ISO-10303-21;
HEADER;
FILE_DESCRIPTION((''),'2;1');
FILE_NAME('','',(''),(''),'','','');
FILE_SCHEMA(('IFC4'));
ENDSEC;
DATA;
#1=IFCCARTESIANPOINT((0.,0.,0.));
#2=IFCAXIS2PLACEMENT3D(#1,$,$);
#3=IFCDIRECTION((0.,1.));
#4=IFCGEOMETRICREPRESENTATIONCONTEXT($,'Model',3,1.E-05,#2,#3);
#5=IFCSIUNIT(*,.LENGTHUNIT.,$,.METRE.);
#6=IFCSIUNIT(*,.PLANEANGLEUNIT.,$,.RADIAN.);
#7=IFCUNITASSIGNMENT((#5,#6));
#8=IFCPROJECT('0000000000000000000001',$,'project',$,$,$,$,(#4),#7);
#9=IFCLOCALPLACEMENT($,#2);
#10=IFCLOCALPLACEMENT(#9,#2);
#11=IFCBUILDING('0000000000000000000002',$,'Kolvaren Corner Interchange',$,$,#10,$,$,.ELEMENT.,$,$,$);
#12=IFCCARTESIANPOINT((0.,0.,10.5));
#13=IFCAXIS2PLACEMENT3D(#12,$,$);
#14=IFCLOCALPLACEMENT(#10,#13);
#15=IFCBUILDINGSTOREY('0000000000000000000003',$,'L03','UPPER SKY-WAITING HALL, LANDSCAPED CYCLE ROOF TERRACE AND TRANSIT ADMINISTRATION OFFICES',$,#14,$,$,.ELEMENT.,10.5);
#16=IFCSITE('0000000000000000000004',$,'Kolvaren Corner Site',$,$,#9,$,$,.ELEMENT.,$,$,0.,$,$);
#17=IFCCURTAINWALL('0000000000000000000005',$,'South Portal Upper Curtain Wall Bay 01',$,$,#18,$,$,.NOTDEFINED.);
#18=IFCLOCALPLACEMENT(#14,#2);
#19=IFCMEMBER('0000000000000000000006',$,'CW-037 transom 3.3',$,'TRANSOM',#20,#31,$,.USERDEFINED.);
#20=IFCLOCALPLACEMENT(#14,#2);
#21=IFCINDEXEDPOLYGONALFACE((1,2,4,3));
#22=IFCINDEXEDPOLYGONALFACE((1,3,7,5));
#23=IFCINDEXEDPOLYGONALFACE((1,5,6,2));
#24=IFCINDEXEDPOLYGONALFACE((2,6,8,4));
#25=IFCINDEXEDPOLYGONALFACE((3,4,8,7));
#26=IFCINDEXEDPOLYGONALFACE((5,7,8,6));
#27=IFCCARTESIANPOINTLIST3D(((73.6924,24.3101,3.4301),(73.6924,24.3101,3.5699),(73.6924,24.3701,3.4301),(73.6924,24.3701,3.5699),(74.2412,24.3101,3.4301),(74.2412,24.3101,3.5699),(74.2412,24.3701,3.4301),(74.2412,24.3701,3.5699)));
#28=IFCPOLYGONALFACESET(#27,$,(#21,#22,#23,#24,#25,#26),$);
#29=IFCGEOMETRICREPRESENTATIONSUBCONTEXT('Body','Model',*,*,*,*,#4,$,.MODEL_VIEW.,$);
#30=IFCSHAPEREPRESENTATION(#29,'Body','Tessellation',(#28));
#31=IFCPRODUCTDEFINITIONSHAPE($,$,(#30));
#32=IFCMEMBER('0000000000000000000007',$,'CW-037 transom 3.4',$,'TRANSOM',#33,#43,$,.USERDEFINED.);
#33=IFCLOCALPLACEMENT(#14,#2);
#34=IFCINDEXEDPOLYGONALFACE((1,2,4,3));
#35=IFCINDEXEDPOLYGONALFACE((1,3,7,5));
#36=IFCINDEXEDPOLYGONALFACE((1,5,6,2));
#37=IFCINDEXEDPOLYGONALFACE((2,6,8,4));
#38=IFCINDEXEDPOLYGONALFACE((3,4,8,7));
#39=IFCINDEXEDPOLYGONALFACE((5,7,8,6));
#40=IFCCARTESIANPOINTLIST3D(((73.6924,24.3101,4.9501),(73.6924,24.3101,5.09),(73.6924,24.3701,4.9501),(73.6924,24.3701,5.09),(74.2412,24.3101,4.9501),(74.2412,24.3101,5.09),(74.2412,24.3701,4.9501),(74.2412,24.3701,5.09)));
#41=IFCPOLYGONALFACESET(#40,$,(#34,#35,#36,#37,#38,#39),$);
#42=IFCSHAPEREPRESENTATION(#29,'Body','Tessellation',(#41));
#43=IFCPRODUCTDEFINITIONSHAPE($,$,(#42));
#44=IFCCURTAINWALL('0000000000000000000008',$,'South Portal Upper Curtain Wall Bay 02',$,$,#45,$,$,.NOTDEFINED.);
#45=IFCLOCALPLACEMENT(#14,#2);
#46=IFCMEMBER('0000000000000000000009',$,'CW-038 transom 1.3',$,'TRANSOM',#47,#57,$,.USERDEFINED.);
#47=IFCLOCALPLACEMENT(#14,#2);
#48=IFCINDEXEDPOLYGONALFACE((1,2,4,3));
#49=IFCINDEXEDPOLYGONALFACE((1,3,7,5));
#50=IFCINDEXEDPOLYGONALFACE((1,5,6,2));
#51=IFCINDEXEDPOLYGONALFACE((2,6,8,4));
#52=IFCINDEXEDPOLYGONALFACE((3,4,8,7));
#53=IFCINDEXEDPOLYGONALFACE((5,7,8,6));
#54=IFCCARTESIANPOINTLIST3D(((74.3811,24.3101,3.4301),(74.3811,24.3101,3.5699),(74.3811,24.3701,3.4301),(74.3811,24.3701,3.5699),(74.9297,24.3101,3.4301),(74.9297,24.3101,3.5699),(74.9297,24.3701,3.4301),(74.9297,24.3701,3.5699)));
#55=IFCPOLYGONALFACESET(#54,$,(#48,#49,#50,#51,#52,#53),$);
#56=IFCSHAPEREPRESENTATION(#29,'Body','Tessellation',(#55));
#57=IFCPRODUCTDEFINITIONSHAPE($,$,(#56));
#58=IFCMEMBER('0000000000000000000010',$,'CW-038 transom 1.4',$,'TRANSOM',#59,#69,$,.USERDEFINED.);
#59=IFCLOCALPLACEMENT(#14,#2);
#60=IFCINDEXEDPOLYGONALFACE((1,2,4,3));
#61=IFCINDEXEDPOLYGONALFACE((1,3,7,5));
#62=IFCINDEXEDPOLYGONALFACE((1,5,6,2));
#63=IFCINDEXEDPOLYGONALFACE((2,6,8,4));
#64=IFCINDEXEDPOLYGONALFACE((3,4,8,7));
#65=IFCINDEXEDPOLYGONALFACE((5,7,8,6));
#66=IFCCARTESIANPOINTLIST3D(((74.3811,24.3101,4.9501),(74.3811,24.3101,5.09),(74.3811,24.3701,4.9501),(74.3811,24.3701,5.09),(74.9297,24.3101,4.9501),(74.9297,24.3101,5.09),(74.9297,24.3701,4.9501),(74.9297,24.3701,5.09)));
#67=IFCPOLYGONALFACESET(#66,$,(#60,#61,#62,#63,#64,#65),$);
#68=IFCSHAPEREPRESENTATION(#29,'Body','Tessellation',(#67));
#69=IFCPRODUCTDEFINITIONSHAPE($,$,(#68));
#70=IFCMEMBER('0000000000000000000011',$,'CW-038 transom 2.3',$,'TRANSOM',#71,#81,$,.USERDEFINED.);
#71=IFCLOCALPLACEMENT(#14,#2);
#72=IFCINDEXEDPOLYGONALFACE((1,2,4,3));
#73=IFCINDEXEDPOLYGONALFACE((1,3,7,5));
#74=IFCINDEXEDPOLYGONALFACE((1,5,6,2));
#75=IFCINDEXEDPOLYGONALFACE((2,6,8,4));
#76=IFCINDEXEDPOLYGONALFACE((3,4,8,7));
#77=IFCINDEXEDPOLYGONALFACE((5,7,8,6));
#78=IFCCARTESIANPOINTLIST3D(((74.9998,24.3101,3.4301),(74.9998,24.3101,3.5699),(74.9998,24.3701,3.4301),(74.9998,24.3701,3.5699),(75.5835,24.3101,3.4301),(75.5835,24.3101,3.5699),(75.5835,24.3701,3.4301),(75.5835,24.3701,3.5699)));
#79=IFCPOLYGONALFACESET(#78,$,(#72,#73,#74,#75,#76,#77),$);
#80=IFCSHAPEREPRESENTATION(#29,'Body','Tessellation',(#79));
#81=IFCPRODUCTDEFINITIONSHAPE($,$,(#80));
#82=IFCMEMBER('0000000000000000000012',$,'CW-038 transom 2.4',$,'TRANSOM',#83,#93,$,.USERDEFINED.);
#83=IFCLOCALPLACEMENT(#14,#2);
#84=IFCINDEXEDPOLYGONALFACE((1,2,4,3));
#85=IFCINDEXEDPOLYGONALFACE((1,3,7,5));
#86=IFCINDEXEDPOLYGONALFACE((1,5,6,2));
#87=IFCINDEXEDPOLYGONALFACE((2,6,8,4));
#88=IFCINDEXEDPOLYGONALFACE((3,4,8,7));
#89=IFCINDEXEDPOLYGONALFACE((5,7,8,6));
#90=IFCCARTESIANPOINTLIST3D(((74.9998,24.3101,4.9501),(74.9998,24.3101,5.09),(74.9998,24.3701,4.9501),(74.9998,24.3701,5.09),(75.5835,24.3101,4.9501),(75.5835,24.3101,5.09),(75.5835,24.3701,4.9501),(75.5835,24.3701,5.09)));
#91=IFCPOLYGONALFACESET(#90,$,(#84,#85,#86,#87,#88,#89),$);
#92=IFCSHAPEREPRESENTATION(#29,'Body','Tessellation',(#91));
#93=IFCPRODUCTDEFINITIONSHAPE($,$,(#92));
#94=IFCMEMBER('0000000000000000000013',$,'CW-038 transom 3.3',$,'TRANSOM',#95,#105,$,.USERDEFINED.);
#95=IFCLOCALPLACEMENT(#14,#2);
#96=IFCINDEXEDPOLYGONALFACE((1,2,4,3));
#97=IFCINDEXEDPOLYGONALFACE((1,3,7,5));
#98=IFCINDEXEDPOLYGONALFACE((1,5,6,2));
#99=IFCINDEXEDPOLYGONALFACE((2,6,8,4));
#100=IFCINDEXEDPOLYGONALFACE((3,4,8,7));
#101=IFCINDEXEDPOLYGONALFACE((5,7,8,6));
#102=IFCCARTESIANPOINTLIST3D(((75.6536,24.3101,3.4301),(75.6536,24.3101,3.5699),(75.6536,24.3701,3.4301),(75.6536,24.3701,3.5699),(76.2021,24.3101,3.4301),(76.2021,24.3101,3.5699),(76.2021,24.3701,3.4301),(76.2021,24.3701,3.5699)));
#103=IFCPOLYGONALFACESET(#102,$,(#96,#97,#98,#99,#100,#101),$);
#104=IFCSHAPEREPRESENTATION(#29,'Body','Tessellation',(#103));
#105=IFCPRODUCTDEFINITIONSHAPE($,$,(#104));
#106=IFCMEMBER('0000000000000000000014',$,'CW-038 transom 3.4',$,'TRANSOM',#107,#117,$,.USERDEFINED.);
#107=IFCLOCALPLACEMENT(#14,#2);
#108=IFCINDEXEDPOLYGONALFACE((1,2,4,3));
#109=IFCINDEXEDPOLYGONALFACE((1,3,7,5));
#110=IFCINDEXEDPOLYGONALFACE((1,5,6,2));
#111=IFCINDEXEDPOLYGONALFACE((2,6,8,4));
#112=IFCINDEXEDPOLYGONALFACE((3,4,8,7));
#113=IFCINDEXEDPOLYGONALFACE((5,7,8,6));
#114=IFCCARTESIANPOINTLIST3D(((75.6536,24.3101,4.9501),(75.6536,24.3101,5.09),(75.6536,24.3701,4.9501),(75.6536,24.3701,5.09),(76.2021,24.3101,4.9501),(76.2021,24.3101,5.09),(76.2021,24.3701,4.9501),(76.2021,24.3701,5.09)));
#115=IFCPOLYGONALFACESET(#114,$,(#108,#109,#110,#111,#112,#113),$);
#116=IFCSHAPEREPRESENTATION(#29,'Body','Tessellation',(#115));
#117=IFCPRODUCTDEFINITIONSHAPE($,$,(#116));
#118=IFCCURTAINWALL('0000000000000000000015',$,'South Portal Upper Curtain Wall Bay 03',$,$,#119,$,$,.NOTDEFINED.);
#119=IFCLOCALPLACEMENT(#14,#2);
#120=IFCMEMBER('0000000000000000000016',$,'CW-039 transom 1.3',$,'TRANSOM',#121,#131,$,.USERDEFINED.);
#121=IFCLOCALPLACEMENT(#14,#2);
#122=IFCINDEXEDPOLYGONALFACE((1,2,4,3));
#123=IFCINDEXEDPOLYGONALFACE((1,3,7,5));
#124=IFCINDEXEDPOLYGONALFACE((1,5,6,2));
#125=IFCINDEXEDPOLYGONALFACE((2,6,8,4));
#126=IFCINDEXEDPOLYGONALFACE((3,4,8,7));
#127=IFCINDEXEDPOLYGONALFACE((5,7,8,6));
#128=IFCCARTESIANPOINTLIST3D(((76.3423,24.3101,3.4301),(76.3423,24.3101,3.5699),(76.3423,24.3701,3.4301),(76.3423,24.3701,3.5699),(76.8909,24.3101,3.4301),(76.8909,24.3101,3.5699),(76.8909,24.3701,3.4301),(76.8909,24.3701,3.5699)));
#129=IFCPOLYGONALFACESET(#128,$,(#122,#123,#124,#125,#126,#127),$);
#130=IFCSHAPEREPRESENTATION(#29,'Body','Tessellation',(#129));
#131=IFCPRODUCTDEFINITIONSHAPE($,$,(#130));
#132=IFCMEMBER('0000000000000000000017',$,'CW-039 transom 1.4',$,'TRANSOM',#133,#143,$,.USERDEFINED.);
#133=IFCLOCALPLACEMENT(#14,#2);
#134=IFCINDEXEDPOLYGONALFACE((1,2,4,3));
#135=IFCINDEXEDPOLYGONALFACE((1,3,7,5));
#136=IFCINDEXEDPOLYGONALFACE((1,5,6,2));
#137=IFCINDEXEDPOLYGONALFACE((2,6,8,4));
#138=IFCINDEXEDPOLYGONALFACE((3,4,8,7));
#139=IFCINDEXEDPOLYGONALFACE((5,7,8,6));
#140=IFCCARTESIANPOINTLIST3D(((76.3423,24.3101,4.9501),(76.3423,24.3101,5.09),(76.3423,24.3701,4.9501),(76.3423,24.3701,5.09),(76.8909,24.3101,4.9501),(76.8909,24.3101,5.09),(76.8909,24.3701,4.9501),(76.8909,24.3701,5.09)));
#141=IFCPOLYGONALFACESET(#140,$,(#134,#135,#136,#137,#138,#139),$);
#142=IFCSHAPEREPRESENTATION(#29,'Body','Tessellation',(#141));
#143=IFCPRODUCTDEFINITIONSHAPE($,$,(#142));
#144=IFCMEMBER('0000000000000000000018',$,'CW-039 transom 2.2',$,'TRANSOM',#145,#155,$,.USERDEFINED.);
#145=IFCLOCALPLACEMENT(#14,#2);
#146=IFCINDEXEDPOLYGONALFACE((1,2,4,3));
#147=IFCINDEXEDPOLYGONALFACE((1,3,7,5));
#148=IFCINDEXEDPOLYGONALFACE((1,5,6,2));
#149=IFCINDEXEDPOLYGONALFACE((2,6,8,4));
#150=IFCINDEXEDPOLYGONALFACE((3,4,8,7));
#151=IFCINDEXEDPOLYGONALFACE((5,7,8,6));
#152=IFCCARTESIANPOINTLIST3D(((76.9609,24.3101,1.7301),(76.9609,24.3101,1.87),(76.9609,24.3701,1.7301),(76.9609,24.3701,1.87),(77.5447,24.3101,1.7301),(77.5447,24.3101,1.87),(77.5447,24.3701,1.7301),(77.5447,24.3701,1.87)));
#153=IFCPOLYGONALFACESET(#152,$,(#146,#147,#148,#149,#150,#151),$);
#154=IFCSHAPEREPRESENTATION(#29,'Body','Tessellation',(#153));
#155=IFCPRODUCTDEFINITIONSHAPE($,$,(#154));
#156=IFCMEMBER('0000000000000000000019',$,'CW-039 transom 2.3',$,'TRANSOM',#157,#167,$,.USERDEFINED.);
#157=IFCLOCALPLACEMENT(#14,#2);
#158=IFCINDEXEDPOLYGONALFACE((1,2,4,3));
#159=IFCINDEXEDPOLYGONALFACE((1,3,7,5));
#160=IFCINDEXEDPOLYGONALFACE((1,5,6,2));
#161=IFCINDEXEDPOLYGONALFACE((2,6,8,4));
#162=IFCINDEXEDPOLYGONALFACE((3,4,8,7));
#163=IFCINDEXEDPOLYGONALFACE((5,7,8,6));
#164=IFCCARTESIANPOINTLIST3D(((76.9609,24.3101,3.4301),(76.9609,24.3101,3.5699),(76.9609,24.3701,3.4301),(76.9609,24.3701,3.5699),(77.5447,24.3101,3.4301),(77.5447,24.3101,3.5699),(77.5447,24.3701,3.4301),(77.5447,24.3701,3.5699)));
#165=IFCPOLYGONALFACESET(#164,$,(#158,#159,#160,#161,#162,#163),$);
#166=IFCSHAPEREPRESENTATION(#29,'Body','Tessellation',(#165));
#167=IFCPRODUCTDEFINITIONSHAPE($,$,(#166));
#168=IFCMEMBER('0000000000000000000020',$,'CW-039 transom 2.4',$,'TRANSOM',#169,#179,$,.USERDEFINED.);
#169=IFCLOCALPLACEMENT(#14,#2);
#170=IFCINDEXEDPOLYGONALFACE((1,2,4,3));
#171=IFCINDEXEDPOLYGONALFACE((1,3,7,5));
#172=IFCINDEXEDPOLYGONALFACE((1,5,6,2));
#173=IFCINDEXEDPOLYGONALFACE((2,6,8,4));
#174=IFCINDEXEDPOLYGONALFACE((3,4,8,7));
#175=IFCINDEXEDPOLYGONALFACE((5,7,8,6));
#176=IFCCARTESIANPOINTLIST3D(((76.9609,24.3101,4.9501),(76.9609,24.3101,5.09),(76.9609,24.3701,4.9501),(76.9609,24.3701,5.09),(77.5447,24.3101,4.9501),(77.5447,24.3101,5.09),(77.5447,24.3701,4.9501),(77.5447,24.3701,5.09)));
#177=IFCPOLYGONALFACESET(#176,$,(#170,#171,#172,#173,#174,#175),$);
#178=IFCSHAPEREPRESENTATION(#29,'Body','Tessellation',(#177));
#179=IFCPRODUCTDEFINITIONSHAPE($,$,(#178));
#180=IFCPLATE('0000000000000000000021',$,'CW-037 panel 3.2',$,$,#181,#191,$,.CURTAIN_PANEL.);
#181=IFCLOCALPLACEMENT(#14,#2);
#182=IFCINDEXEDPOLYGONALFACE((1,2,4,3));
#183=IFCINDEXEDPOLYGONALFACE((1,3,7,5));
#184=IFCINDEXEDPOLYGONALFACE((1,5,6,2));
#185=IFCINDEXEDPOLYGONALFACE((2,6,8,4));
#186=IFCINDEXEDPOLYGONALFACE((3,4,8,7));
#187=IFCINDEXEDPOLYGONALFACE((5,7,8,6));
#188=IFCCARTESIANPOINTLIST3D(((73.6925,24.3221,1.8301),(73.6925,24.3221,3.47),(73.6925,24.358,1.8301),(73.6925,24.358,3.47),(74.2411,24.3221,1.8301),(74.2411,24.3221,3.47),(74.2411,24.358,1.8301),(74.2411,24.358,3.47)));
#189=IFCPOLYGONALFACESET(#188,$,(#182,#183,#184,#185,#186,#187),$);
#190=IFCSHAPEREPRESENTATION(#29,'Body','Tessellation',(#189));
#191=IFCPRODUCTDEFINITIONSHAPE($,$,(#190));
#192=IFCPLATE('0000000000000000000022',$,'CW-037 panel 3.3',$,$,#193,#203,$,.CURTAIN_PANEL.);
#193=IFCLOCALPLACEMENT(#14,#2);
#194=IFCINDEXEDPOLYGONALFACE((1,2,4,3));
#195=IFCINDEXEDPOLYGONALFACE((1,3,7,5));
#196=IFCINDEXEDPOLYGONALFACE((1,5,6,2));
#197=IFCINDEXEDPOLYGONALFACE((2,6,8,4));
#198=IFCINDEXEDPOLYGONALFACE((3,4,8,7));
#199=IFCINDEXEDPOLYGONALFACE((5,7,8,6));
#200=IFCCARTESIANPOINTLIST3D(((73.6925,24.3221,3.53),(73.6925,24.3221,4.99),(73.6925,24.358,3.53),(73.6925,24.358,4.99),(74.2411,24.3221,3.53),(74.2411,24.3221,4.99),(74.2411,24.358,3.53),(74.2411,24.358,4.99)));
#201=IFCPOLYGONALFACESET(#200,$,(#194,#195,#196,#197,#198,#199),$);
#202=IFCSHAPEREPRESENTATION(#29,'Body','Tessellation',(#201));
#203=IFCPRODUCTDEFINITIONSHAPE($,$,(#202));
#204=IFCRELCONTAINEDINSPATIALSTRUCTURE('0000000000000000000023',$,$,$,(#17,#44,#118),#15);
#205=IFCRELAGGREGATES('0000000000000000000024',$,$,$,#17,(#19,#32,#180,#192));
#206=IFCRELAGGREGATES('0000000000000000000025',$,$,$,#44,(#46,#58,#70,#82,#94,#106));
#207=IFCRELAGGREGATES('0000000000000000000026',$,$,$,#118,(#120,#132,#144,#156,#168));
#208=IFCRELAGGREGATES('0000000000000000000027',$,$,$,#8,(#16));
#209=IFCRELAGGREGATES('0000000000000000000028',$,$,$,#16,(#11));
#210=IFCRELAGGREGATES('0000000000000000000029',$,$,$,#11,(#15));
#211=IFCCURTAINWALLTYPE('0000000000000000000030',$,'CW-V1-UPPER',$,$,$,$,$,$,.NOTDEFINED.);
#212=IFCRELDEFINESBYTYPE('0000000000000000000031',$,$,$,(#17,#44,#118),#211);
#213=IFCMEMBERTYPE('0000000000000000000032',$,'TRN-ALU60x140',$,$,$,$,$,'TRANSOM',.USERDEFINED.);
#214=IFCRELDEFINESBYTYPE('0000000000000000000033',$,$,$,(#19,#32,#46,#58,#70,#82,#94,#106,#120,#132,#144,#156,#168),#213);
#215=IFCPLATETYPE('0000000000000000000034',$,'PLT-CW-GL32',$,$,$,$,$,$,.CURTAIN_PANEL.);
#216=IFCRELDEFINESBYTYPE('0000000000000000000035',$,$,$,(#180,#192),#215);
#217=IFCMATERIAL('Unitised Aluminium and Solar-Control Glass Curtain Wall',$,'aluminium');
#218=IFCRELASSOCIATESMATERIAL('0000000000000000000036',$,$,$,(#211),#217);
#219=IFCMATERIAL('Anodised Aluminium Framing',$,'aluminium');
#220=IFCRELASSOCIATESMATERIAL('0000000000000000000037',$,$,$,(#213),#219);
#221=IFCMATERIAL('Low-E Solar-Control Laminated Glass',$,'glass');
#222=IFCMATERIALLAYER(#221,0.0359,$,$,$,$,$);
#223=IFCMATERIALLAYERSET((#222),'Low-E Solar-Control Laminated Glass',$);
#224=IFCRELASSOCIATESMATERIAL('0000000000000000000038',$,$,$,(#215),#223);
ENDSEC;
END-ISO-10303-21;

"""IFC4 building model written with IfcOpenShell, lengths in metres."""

from ifc_helpers import new_model, si_unit, direction, frame, origin, origin_2d, place, context, subcontext, project, spatial, rectangle, extrude, material, layer, layer_set, material_profile, profile_set, type_object, element, aggregate, save


model = new_model("IFC4")

# Units and contexts
model_context = context("Model", 3, precision=1e-05, world=origin(), true_north=direction((0.0, 1.0)))
body_context = subcontext(model_context, "Body", "Model", "MODEL_VIEW")
ifc_project = project(units=[si_unit("LENGTHUNIT", "METRE"), si_unit("PLANEANGLEUNIT", "RADIAN")], contexts=[model_context])

# Site, building, storey
site_placement = place(None, origin())
site = spatial("IfcSite", under=ifc_project, at=site_placement, Name="Kolvaren Corner Site", CompositionType="ELEMENT", RefElevation=0.0)
building_placement = place(site_placement, origin())
building = spatial("IfcBuilding", under=site, at=building_placement, Name="Kolvaren Corner Interchange", CompositionType="ELEMENT")
storey_placement = place(building_placement, frame((0.0, 0.0, 10.5)))
storey = spatial("IfcBuildingStorey", under=building, at=storey_placement, Name="L03", Description="UPPER SKY-WAITING HALL, LANDSCAPED CYCLE ROOF TERRACE AND TRANSIT ADMINISTRATION OFFICES", CompositionType="ELEMENT", Elevation=10.5)

# Curtain walls, members
ifc_material_1 = material(Name="Unitised Aluminium and Solar-Control Glass Curtain Wall", Category="aluminium")
curtain_wall_type = type_object("IfcCurtainWallType", Name="CW-V1-UPPER", PredefinedType="NOTDEFINED", material=ifc_material_1)
curtain_wall_1_placement = place(storey_placement, origin())
curtain_wall_1 = element("IfcCurtainWall", 1, at=curtain_wall_1_placement, inside=storey, type_object=curtain_wall_type, Name="South Portal Upper Curtain Wall Bay 01", PredefinedType="NOTDEFINED")
ifc_material_2 = material(Name="Anodised Aluminium Framing", Category="aluminium")
ifc_material_profile = material_profile(ifc_material_2, rectangle(XDim=0.0601, YDim=0.1399, at=origin_2d()), Name="ALU 60x140")
ifc_profile_set = profile_set([ifc_material_profile], Name="Anodised Aluminium Framing")
member_type = type_object("IfcMemberType", Name="TRN-ALU60x140", ElementType="TRANSOM", PredefinedType="USERDEFINED", material=ifc_profile_set)
member_1_placement = place(storey_placement, frame((73.6924, 24.3401, 3.5), z_axis=(1.0, 0.0, 0.0), x_axis=(0.0, 1.0, 0.0)))
member_1 = element("IfcMember", 2, at=member_1_placement, type_object=member_type, Name="CW-037 transom 3.3", ObjectType="TRANSOM", PredefinedType="USERDEFINED", context=body_context, shape_type="SweptSolid", body=[
    extrude(rectangle(XDim=0.0601, YDim=0.1399, at=origin_2d()), origin(), (0.0, 0.0, 1.0), 0.5488),
])
member_2_placement = place(storey_placement, frame((73.6924, 24.3401, 5.02), z_axis=(1.0, 0.0, 0.0), x_axis=(0.0, 1.0, 0.0)))
member_2 = element("IfcMember", 3, at=member_2_placement, type_object=member_type, Name="CW-037 transom 3.4", ObjectType="TRANSOM", PredefinedType="USERDEFINED", context=body_context, shape_type="SweptSolid", body=[
    extrude(rectangle(XDim=0.0601, YDim=0.1399, at=origin_2d()), origin(), (0.0, 0.0, 1.0), 0.5488),
])
curtain_wall_2_placement = place(storey_placement, origin())
curtain_wall_2 = element("IfcCurtainWall", 4, at=curtain_wall_2_placement, inside=storey, type_object=curtain_wall_type, Name="South Portal Upper Curtain Wall Bay 02", PredefinedType="NOTDEFINED")
member_3_placement = place(storey_placement, frame((74.3811, 24.3401, 3.5), z_axis=(1.0, 0.0, 0.0), x_axis=(0.0, 1.0, 0.0)))
member_3 = element("IfcMember", 5, at=member_3_placement, type_object=member_type, Name="CW-038 transom 1.3", ObjectType="TRANSOM", PredefinedType="USERDEFINED", context=body_context, shape_type="SweptSolid", body=[
    extrude(rectangle(XDim=0.0601, YDim=0.1399, at=origin_2d()), origin(), (0.0, 0.0, 1.0), 0.5486),
])
member_4_placement = place(storey_placement, frame((74.3811, 24.3401, 5.02), z_axis=(1.0, 0.0, 0.0), x_axis=(0.0, 1.0, 0.0)))
member_4 = element("IfcMember", 6, at=member_4_placement, type_object=member_type, Name="CW-038 transom 1.4", ObjectType="TRANSOM", PredefinedType="USERDEFINED", context=body_context, shape_type="SweptSolid", body=[
    extrude(rectangle(XDim=0.0601, YDim=0.1399, at=origin_2d()), origin(), (0.0, 0.0, 1.0), 0.5486),
])
member_5_placement = place(storey_placement, frame((74.9998, 24.3401, 3.5), z_axis=(1.0, 0.0, 0.0), x_axis=(0.0, 1.0, 0.0)))
member_5 = element("IfcMember", 7, at=member_5_placement, type_object=member_type, Name="CW-038 transom 2.3", ObjectType="TRANSOM", PredefinedType="USERDEFINED", context=body_context, shape_type="SweptSolid", body=[
    extrude(rectangle(XDim=0.0601, YDim=0.1399, at=origin_2d()), origin(), (0.0, 0.0, 1.0), 0.5837),
])
member_6_placement = place(storey_placement, frame((74.9998, 24.3401, 5.02), z_axis=(1.0, 0.0, 0.0), x_axis=(0.0, 1.0, 0.0)))
member_6 = element("IfcMember", 8, at=member_6_placement, type_object=member_type, Name="CW-038 transom 2.4", ObjectType="TRANSOM", PredefinedType="USERDEFINED", context=body_context, shape_type="SweptSolid", body=[
    extrude(rectangle(XDim=0.0601, YDim=0.1399, at=origin_2d()), origin(), (0.0, 0.0, 1.0), 0.5837),
])
member_7_placement = place(storey_placement, frame((75.6536, 24.3401, 3.5), z_axis=(1.0, 0.0, 0.0), x_axis=(0.0, 1.0, 0.0)))
member_7 = element("IfcMember", 9, at=member_7_placement, type_object=member_type, Name="CW-038 transom 3.3", ObjectType="TRANSOM", PredefinedType="USERDEFINED", context=body_context, shape_type="SweptSolid", body=[
    extrude(rectangle(XDim=0.0601, YDim=0.1399, at=origin_2d()), origin(), (0.0, 0.0, 1.0), 0.5486),
])
member_8_placement = place(storey_placement, frame((75.6536, 24.3401, 5.02), z_axis=(1.0, 0.0, 0.0), x_axis=(0.0, 1.0, 0.0)))
member_8 = element("IfcMember", 10, at=member_8_placement, type_object=member_type, Name="CW-038 transom 3.4", ObjectType="TRANSOM", PredefinedType="USERDEFINED", context=body_context, shape_type="SweptSolid", body=[
    extrude(rectangle(XDim=0.0601, YDim=0.1399, at=origin_2d()), origin(), (0.0, 0.0, 1.0), 0.5486),
])
curtain_wall_3_placement = place(storey_placement, origin())
curtain_wall_3 = element("IfcCurtainWall", 11, at=curtain_wall_3_placement, inside=storey, type_object=curtain_wall_type, Name="South Portal Upper Curtain Wall Bay 03", PredefinedType="NOTDEFINED")
member_9_placement = place(storey_placement, frame((76.3423, 24.3401, 3.5), z_axis=(1.0, 0.0, 0.0), x_axis=(0.0, 1.0, 0.0)))
member_9 = element("IfcMember", 12, at=member_9_placement, type_object=member_type, Name="CW-039 transom 1.3", ObjectType="TRANSOM", PredefinedType="USERDEFINED", context=body_context, shape_type="SweptSolid", body=[
    extrude(rectangle(XDim=0.0601, YDim=0.1399, at=origin_2d()), origin(), (0.0, 0.0, 1.0), 0.5486),
])
member_10_placement = place(storey_placement, frame((76.3423, 24.3401, 5.02), z_axis=(1.0, 0.0, 0.0), x_axis=(0.0, 1.0, 0.0)))
member_10 = element("IfcMember", 13, at=member_10_placement, type_object=member_type, Name="CW-039 transom 1.4", ObjectType="TRANSOM", PredefinedType="USERDEFINED", context=body_context, shape_type="SweptSolid", body=[
    extrude(rectangle(XDim=0.0601, YDim=0.1399, at=origin_2d()), origin(), (0.0, 0.0, 1.0), 0.5486),
])
member_11_placement = place(storey_placement, frame((76.9609, 24.3401, 1.8), z_axis=(1.0, 0.0, 0.0), x_axis=(0.0, 1.0, 0.0)))
member_11 = element("IfcMember", 14, at=member_11_placement, type_object=member_type, Name="CW-039 transom 2.2", ObjectType="TRANSOM", PredefinedType="USERDEFINED", context=body_context, shape_type="SweptSolid", body=[
    extrude(rectangle(XDim=0.0601, YDim=0.1399, at=origin_2d()), origin(), (0.0, 0.0, 1.0), 0.5837),
])
member_12_placement = place(storey_placement, frame((76.9609, 24.3401, 3.5), z_axis=(1.0, 0.0, 0.0), x_axis=(0.0, 1.0, 0.0)))
member_12 = element("IfcMember", 15, at=member_12_placement, type_object=member_type, Name="CW-039 transom 2.3", ObjectType="TRANSOM", PredefinedType="USERDEFINED", context=body_context, shape_type="SweptSolid", body=[
    extrude(rectangle(XDim=0.0601, YDim=0.1399, at=origin_2d()), origin(), (0.0, 0.0, 1.0), 0.5837),
])
member_13_placement = place(storey_placement, frame((76.9609, 24.3401, 5.02), z_axis=(1.0, 0.0, 0.0), x_axis=(0.0, 1.0, 0.0)))
member_13 = element("IfcMember", 16, at=member_13_placement, type_object=member_type, Name="CW-039 transom 2.4", ObjectType="TRANSOM", PredefinedType="USERDEFINED", context=body_context, shape_type="SweptSolid", body=[
    extrude(rectangle(XDim=0.0601, YDim=0.1399, at=origin_2d()), origin(), (0.0, 0.0, 1.0), 0.5837),
])

# Plates
ifc_material_3 = material(Name="Low-E Solar-Control Laminated Glass", Category="glass")
ifc_layer = layer(ifc_material_3, 0.0359)
ifc_layer_set = layer_set([ifc_layer], Name="Low-E Solar-Control Laminated Glass")
plate_type = type_object("IfcPlateType", Name="PLT-CW-GL32", PredefinedType="CURTAIN_PANEL", material=ifc_layer_set)
plate_1_placement = place(storey_placement, frame((73.9668, 24.3401, 1.8301), z_axis=(0.0, 0.0, 1.0), x_axis=(1.0, 0.0, 0.0)))
plate_1 = element("IfcPlate", 17, at=plate_1_placement, type_object=plate_type, Name="CW-037 panel 3.2", PredefinedType="CURTAIN_PANEL", context=body_context, shape_type="SweptSolid", body=[
    extrude(rectangle(XDim=0.5486, YDim=0.0359, at=origin_2d()), origin(), (0.0, 0.0, 1.0), 1.6399),
])
plate_2_placement = place(storey_placement, frame((73.9668, 24.3401, 3.53), z_axis=(0.0, 0.0, 1.0), x_axis=(1.0, 0.0, 0.0)))
plate_2 = element("IfcPlate", 18, at=plate_2_placement, type_object=plate_type, Name="CW-037 panel 3.3", PredefinedType="CURTAIN_PANEL", context=body_context, shape_type="SweptSolid", body=[
    extrude(rectangle(XDim=0.5486, YDim=0.0359, at=origin_2d()), origin(), (0.0, 0.0, 1.0), 1.46),
])
aggregate(curtain_wall_1, [member_1, member_2, plate_1, plate_2])
aggregate(curtain_wall_2, [member_3, member_4, member_5, member_6, member_7, member_8])
aggregate(curtain_wall_3, [member_9, member_10, member_11, member_12, member_13])

save(model, "model.ifc")
